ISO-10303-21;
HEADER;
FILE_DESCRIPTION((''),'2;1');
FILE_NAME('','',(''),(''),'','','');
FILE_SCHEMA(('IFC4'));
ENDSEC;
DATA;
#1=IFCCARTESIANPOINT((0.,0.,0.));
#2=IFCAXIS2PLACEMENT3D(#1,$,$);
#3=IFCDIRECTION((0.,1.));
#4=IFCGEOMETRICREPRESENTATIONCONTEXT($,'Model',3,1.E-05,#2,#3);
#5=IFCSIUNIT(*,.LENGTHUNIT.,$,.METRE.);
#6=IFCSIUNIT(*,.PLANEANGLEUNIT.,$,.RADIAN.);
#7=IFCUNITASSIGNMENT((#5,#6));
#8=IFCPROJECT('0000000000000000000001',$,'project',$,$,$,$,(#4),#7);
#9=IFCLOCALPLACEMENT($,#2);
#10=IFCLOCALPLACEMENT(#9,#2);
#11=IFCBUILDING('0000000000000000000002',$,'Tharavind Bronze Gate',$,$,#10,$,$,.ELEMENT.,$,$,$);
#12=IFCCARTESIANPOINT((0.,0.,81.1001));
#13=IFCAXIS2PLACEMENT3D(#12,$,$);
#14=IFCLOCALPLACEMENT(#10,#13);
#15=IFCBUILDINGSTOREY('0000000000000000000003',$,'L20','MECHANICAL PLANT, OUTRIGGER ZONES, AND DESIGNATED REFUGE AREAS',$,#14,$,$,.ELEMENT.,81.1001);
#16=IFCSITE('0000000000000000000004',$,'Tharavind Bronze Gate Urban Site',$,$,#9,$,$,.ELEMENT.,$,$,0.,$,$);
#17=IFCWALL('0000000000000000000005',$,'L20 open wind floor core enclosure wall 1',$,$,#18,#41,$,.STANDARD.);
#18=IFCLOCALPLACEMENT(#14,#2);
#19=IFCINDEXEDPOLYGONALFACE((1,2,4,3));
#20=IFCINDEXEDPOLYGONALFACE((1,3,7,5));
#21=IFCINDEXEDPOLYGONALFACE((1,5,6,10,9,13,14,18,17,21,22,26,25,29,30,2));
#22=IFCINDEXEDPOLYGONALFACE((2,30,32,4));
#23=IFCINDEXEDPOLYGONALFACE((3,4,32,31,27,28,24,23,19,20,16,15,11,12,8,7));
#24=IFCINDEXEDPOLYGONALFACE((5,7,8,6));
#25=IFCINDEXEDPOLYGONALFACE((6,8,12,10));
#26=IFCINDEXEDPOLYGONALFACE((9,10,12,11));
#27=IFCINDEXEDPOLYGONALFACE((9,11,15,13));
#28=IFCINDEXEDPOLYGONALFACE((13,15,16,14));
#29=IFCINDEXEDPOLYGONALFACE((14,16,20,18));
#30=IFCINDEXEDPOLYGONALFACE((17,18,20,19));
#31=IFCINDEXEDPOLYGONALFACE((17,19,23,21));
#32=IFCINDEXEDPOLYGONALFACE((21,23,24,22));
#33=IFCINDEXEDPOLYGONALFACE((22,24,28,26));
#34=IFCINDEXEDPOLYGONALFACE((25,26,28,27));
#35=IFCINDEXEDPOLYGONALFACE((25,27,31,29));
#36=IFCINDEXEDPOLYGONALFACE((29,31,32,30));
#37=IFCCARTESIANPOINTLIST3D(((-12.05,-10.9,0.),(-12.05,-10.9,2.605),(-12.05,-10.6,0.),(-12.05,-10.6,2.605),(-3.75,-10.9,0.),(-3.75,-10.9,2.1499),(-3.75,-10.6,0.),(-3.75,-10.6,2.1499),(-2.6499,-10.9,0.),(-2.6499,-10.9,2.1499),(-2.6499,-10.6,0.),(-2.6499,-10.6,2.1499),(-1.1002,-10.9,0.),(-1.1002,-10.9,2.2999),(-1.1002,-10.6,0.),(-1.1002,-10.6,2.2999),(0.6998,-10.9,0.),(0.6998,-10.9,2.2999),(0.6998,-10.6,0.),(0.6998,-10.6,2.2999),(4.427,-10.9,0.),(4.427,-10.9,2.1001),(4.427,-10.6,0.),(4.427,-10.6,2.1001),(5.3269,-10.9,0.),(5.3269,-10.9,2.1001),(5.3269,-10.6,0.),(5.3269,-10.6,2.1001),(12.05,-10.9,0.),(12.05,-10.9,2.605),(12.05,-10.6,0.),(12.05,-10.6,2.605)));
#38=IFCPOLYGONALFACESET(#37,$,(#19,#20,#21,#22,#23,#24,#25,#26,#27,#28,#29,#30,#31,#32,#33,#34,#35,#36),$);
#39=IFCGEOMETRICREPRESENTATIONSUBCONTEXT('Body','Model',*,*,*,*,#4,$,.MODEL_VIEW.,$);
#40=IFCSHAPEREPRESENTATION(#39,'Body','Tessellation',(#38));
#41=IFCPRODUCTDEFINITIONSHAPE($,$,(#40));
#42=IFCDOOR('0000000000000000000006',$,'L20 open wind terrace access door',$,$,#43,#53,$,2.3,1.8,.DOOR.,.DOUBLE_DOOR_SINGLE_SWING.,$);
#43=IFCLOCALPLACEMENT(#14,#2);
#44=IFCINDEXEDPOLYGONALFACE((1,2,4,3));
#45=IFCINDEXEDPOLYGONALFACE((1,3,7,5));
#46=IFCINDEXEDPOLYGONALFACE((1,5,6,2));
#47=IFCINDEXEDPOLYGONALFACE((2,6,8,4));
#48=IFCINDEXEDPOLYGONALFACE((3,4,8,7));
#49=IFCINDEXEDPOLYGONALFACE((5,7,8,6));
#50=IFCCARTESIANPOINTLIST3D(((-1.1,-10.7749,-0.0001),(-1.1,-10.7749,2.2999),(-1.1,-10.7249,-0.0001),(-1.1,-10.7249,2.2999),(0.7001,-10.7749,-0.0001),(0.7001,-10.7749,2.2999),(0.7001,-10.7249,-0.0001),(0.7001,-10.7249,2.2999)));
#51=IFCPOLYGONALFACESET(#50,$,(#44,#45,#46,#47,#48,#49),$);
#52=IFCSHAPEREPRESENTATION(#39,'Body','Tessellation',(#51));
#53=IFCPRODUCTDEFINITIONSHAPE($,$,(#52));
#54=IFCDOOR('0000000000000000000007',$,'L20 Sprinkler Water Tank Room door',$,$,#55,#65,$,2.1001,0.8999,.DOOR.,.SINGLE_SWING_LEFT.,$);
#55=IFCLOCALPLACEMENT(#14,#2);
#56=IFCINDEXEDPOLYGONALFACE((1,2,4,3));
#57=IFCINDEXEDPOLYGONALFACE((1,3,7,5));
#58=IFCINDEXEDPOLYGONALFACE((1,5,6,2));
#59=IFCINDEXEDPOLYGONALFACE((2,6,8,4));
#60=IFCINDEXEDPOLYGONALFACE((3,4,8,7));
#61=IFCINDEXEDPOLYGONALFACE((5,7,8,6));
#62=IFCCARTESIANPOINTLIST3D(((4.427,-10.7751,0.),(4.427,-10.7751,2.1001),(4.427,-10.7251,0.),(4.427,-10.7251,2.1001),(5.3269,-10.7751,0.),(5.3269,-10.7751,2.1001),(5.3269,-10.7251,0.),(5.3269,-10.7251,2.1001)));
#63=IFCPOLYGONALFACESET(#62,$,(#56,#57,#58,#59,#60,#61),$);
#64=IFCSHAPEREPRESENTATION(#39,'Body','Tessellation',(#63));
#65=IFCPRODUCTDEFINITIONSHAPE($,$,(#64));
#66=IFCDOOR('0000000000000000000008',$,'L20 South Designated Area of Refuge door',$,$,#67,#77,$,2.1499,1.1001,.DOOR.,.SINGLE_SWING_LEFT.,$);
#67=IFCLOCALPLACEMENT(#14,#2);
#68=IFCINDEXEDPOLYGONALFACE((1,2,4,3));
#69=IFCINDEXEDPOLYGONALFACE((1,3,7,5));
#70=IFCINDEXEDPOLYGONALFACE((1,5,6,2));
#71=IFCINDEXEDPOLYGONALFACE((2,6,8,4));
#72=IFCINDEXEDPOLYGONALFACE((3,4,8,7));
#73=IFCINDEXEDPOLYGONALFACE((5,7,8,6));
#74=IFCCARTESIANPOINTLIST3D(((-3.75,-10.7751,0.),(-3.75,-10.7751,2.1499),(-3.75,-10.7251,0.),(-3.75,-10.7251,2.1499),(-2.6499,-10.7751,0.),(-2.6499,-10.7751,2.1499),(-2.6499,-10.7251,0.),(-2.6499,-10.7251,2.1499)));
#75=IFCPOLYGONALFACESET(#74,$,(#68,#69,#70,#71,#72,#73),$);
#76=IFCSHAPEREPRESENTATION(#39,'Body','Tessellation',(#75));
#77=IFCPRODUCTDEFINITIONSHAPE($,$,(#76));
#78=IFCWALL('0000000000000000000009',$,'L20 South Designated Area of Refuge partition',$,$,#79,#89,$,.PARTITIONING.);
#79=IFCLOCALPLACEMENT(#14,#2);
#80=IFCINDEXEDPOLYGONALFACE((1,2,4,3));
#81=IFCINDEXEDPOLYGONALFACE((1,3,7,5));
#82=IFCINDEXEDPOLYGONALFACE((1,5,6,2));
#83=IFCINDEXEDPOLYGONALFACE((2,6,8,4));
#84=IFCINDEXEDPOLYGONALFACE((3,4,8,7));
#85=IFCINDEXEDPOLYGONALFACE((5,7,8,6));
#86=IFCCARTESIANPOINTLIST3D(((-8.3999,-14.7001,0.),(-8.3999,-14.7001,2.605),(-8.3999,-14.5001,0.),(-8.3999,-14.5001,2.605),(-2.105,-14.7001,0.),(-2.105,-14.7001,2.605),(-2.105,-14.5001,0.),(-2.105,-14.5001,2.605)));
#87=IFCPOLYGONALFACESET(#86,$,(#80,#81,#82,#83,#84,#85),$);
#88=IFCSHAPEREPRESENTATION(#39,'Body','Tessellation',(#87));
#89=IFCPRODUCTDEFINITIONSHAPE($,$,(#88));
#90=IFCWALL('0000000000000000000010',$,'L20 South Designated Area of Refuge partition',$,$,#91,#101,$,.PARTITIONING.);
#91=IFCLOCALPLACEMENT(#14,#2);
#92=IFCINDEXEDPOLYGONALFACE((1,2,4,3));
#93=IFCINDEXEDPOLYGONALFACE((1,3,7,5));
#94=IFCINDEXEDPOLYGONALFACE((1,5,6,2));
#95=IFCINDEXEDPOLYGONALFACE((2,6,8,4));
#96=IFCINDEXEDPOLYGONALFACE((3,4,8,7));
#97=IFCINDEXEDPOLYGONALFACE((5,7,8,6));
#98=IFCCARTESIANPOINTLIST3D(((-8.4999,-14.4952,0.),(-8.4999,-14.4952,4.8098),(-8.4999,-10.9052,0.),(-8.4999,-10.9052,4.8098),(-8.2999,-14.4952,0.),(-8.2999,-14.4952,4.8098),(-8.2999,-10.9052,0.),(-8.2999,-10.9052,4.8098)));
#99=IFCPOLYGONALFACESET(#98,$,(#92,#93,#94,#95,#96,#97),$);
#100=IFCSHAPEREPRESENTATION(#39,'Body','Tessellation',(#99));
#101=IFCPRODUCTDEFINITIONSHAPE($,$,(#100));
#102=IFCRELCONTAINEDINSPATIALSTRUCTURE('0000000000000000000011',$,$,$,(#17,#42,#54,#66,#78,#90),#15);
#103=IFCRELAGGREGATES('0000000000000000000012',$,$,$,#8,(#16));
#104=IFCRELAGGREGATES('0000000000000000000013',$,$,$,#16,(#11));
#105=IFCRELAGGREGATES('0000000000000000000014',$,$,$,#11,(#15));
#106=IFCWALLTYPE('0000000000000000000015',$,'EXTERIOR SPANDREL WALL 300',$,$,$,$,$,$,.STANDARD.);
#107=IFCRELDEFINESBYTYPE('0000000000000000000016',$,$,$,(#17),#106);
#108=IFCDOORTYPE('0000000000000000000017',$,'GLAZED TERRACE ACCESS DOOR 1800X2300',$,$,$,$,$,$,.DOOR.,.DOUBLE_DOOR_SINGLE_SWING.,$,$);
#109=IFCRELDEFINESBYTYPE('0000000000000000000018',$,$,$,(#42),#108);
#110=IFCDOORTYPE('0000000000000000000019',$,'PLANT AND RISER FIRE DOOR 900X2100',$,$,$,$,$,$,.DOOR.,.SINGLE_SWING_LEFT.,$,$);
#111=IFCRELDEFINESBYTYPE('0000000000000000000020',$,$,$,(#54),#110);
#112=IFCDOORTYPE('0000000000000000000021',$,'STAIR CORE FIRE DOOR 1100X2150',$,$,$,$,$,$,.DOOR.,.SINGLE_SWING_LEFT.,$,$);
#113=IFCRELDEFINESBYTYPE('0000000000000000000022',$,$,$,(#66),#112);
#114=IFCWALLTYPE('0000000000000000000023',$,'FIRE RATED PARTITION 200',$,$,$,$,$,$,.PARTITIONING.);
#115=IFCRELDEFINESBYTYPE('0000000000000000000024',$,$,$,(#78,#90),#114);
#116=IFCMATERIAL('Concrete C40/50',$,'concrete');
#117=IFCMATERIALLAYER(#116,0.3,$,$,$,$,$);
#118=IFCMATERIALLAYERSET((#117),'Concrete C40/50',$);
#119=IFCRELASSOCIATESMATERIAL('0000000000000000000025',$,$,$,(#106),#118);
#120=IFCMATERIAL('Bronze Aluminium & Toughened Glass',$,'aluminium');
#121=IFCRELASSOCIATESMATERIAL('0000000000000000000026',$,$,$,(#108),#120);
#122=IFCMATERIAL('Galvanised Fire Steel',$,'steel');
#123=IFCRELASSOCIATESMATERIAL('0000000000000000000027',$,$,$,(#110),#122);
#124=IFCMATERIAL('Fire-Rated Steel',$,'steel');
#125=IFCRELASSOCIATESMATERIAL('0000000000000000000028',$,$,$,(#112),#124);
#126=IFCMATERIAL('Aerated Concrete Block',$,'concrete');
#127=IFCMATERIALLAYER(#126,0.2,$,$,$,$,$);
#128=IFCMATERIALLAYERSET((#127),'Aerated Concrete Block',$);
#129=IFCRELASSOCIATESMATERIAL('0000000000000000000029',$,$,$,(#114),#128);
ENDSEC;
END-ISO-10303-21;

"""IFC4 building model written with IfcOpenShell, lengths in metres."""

from ifc_helpers import new_model, si_unit, direction, frame, frame_2d, origin, place, context, subcontext, project, spatial, rectangle, extrude, material, layer, layer_set, type_object, element, fill, save


model = new_model("IFC4")

# Units and contexts
model_context = context("Model", 3, precision=1e-05, world=origin(), true_north=direction((0.0, 1.0)))
body_context = subcontext(model_context, "Body", "Model", "MODEL_VIEW")
ifc_project = project(units=[si_unit("LENGTHUNIT", "METRE"), si_unit("PLANEANGLEUNIT", "RADIAN")], contexts=[model_context])

# Site, building, storey
site_placement = place(None, origin())
site = spatial("IfcSite", under=ifc_project, at=site_placement, Name="Tharavind Bronze Gate Urban Site", CompositionType="ELEMENT", RefElevation=0.0)
building_placement = place(site_placement, origin())
building = spatial("IfcBuilding", under=site, at=building_placement, Name="Tharavind Bronze Gate", CompositionType="ELEMENT")
storey_placement = place(building_placement, frame((0.0, 0.0, 81.1001)))
storey = spatial("IfcBuildingStorey", under=building, at=storey_placement, Name="L20", Description="MECHANICAL PLANT, OUTRIGGER ZONES, AND DESIGNATED REFUGE AREAS", CompositionType="ELEMENT", Elevation=81.1001)

# Wall, openings, doors
ifc_material_1 = material(Name="Concrete C40/50", Category="concrete")
ifc_layer_1 = layer(ifc_material_1, 0.3)
ifc_layer_set_1 = layer_set([ifc_layer_1], Name="Concrete C40/50")
wall_type_1 = type_object("IfcWallType", Name="EXTERIOR SPANDREL WALL 300", PredefinedType="STANDARD", material=ifc_layer_set_1)
wall_1_placement = place(storey_placement, frame((-12.05, -10.75, 0.0), z_axis=(0.0, 0.0, 1.0), x_axis=(1.0, 0.0, 0.0)))
wall_1 = element("IfcWall", 1, at=wall_1_placement, inside=storey, type_object=wall_type_1, Name="L20 open wind floor core enclosure wall 1", PredefinedType="STANDARD", context=body_context, shape_type="SweptSolid", body=[
    extrude(rectangle(XDim=24.1001, YDim=0.3, at=frame_2d((12.05, 0.0))), origin(), (0.0, 0.0, 1.0), 2.605),
])
opening_1_placement = place(wall_1_placement, frame((10.95, 0.0, 0.0)))
opening_1 = element("IfcOpeningElement", 2, at=opening_1_placement, cuts=wall_1, PredefinedType="OPENING", context=body_context, shape_type="SweptSolid", body=[
    extrude(rectangle(XDim=1.8, YDim=2.3, at=frame_2d((0.8999, 1.1499))), frame((0.0, 0.1599, 0.0), z_axis=(0.0, -1.0, 0.0), x_axis=(1.0, 0.0, 0.0)), (0.0, 0.0, 1.0), 0.32),
])
opening_2_placement = place(wall_1_placement, frame((8.3, 0.0, 0.0)))
opening_2 = element("IfcOpeningElement", 3, at=opening_2_placement, cuts=wall_1, PredefinedType="OPENING", context=body_context, shape_type="SweptSolid", body=[
    extrude(rectangle(XDim=1.1001, YDim=2.1499, at=frame_2d((0.55, 1.075))), frame((0.0, 0.1599, 0.0), z_axis=(0.0, -1.0, 0.0), x_axis=(1.0, 0.0, 0.0)), (0.0, 0.0, 1.0), 0.32),
])
opening_3_placement = place(wall_1_placement, frame((16.4771, 0.0, 0.0)))
opening_3 = element("IfcOpeningElement", 4, at=opening_3_placement, cuts=wall_1, PredefinedType="OPENING", context=body_context, shape_type="SweptSolid", body=[
    extrude(rectangle(XDim=0.8999, YDim=2.1001, at=frame_2d((0.45, 1.05))), frame((0.0, 0.1599, 0.0), z_axis=(0.0, -1.0, 0.0), x_axis=(1.0, 0.0, 0.0)), (0.0, 0.0, 1.0), 0.32),
])
ifc_material_2 = material(Name="Bronze Aluminium & Toughened Glass", Category="aluminium")
door_type_1 = type_object("IfcDoorType", Name="GLAZED TERRACE ACCESS DOOR 1800X2300", OperationType="DOUBLE_DOOR_SINGLE_SWING", PredefinedType="DOOR", material=ifc_material_2)
door_1_placement = place(opening_1_placement, frame((1.8, 0.0, 0.0), z_axis=(0.0, 0.0, 1.0), x_axis=(-1.0, 0.0, 0.0)))
door_1 = element("IfcDoor", 5, at=door_1_placement, inside=storey, type_object=door_type_1, Name="L20 open wind terrace access door", OperationType="DOUBLE_DOOR_SINGLE_SWING", OverallHeight=2.3, OverallWidth=1.8, PredefinedType="DOOR", context=body_context, shape_type="SweptSolid", body=[
    extrude(rectangle(XDim=1.8, YDim=2.3, at=frame_2d((0.8999, 1.1499))), frame((0.0, 0.0249, 0.0), z_axis=(0.0, -1.0, 0.0), x_axis=(1.0, 0.0, 0.0)), (0.0, 0.0, 1.0), 0.05),
])
fill(opening_1, door_1)
ifc_material_3 = material(Name="Galvanised Fire Steel", Category="steel")
door_type_2 = type_object("IfcDoorType", Name="PLANT AND RISER FIRE DOOR 900X2100", OperationType="SINGLE_SWING_LEFT", PredefinedType="DOOR", material=ifc_material_3)
door_2_placement = place(opening_3_placement, origin())
door_2 = element("IfcDoor", 6, at=door_2_placement, inside=storey, type_object=door_type_2, Name="L20 Sprinkler Water Tank Room door", OperationType="SINGLE_SWING_LEFT", OverallHeight=2.1001, OverallWidth=0.8999, PredefinedType="DOOR", context=body_context, shape_type="SweptSolid", body=[
    extrude(rectangle(XDim=0.8999, YDim=2.1001, at=frame_2d((0.45, 1.05))), frame((0.0, 0.0249, 0.0), z_axis=(0.0, -1.0, 0.0), x_axis=(1.0, 0.0, 0.0)), (0.0, 0.0, 1.0), 0.05),
])
fill(opening_3, door_2)
ifc_material_4 = material(Name="Fire-Rated Steel", Category="steel")
door_type_3 = type_object("IfcDoorType", Name="STAIR CORE FIRE DOOR 1100X2150", OperationType="SINGLE_SWING_LEFT", PredefinedType="DOOR", material=ifc_material_4)
door_3_placement = place(opening_2_placement, origin())
door_3 = element("IfcDoor", 7, at=door_3_placement, inside=storey, type_object=door_type_3, Name="L20 South Designated Area of Refuge door", OperationType="SINGLE_SWING_LEFT", OverallHeight=2.1499, OverallWidth=1.1001, PredefinedType="DOOR", context=body_context, shape_type="SweptSolid", body=[
    extrude(rectangle(XDim=1.1001, YDim=2.1499, at=frame_2d((0.55, 1.075))), frame((0.0, 0.0249, 0.0), z_axis=(0.0, -1.0, 0.0), x_axis=(1.0, 0.0, 0.0)), (0.0, 0.0, 1.0), 0.05),
])
fill(opening_2, door_3)

# Walls
ifc_material_5 = material(Name="Aerated Concrete Block", Category="concrete")
ifc_layer_2 = layer(ifc_material_5, 0.2)
ifc_layer_set_2 = layer_set([ifc_layer_2], Name="Aerated Concrete Block")
wall_type_2 = type_object("IfcWallType", Name="FIRE RATED PARTITION 200", PredefinedType="PARTITIONING", material=ifc_layer_set_2)
wall_2_placement = place(storey_placement, frame((-2.105, -14.6001, 0.0), z_axis=(0.0, 0.0, 1.0), x_axis=(-1.0, 0.0, 0.0)))
element("IfcWall", 8, at=wall_2_placement, inside=storey, type_object=wall_type_2, Name="L20 South Designated Area of Refuge partition", PredefinedType="PARTITIONING", context=body_context, shape_type="SweptSolid", body=[
    extrude(rectangle(XDim=6.2949, YDim=0.2, at=frame_2d((3.1475, 0.0))), origin(), (0.0, 0.0, 1.0), 2.605),
])
wall_3_placement = place(storey_placement, frame((-8.3999, -14.4951, 0.0), z_axis=(0.0, 0.0, 1.0), x_axis=(0.0, 1.0, 0.0)))
element("IfcWall", 9, at=wall_3_placement, inside=storey, type_object=wall_type_2, Name="L20 South Designated Area of Refuge partition", PredefinedType="PARTITIONING", context=body_context, shape_type="SweptSolid", body=[
    extrude(rectangle(XDim=3.5901, YDim=0.2, at=frame_2d((1.7949, 0.0))), origin(), (0.0, 0.0, 1.0), 4.8098),
])

save(model, "model.ifc")
